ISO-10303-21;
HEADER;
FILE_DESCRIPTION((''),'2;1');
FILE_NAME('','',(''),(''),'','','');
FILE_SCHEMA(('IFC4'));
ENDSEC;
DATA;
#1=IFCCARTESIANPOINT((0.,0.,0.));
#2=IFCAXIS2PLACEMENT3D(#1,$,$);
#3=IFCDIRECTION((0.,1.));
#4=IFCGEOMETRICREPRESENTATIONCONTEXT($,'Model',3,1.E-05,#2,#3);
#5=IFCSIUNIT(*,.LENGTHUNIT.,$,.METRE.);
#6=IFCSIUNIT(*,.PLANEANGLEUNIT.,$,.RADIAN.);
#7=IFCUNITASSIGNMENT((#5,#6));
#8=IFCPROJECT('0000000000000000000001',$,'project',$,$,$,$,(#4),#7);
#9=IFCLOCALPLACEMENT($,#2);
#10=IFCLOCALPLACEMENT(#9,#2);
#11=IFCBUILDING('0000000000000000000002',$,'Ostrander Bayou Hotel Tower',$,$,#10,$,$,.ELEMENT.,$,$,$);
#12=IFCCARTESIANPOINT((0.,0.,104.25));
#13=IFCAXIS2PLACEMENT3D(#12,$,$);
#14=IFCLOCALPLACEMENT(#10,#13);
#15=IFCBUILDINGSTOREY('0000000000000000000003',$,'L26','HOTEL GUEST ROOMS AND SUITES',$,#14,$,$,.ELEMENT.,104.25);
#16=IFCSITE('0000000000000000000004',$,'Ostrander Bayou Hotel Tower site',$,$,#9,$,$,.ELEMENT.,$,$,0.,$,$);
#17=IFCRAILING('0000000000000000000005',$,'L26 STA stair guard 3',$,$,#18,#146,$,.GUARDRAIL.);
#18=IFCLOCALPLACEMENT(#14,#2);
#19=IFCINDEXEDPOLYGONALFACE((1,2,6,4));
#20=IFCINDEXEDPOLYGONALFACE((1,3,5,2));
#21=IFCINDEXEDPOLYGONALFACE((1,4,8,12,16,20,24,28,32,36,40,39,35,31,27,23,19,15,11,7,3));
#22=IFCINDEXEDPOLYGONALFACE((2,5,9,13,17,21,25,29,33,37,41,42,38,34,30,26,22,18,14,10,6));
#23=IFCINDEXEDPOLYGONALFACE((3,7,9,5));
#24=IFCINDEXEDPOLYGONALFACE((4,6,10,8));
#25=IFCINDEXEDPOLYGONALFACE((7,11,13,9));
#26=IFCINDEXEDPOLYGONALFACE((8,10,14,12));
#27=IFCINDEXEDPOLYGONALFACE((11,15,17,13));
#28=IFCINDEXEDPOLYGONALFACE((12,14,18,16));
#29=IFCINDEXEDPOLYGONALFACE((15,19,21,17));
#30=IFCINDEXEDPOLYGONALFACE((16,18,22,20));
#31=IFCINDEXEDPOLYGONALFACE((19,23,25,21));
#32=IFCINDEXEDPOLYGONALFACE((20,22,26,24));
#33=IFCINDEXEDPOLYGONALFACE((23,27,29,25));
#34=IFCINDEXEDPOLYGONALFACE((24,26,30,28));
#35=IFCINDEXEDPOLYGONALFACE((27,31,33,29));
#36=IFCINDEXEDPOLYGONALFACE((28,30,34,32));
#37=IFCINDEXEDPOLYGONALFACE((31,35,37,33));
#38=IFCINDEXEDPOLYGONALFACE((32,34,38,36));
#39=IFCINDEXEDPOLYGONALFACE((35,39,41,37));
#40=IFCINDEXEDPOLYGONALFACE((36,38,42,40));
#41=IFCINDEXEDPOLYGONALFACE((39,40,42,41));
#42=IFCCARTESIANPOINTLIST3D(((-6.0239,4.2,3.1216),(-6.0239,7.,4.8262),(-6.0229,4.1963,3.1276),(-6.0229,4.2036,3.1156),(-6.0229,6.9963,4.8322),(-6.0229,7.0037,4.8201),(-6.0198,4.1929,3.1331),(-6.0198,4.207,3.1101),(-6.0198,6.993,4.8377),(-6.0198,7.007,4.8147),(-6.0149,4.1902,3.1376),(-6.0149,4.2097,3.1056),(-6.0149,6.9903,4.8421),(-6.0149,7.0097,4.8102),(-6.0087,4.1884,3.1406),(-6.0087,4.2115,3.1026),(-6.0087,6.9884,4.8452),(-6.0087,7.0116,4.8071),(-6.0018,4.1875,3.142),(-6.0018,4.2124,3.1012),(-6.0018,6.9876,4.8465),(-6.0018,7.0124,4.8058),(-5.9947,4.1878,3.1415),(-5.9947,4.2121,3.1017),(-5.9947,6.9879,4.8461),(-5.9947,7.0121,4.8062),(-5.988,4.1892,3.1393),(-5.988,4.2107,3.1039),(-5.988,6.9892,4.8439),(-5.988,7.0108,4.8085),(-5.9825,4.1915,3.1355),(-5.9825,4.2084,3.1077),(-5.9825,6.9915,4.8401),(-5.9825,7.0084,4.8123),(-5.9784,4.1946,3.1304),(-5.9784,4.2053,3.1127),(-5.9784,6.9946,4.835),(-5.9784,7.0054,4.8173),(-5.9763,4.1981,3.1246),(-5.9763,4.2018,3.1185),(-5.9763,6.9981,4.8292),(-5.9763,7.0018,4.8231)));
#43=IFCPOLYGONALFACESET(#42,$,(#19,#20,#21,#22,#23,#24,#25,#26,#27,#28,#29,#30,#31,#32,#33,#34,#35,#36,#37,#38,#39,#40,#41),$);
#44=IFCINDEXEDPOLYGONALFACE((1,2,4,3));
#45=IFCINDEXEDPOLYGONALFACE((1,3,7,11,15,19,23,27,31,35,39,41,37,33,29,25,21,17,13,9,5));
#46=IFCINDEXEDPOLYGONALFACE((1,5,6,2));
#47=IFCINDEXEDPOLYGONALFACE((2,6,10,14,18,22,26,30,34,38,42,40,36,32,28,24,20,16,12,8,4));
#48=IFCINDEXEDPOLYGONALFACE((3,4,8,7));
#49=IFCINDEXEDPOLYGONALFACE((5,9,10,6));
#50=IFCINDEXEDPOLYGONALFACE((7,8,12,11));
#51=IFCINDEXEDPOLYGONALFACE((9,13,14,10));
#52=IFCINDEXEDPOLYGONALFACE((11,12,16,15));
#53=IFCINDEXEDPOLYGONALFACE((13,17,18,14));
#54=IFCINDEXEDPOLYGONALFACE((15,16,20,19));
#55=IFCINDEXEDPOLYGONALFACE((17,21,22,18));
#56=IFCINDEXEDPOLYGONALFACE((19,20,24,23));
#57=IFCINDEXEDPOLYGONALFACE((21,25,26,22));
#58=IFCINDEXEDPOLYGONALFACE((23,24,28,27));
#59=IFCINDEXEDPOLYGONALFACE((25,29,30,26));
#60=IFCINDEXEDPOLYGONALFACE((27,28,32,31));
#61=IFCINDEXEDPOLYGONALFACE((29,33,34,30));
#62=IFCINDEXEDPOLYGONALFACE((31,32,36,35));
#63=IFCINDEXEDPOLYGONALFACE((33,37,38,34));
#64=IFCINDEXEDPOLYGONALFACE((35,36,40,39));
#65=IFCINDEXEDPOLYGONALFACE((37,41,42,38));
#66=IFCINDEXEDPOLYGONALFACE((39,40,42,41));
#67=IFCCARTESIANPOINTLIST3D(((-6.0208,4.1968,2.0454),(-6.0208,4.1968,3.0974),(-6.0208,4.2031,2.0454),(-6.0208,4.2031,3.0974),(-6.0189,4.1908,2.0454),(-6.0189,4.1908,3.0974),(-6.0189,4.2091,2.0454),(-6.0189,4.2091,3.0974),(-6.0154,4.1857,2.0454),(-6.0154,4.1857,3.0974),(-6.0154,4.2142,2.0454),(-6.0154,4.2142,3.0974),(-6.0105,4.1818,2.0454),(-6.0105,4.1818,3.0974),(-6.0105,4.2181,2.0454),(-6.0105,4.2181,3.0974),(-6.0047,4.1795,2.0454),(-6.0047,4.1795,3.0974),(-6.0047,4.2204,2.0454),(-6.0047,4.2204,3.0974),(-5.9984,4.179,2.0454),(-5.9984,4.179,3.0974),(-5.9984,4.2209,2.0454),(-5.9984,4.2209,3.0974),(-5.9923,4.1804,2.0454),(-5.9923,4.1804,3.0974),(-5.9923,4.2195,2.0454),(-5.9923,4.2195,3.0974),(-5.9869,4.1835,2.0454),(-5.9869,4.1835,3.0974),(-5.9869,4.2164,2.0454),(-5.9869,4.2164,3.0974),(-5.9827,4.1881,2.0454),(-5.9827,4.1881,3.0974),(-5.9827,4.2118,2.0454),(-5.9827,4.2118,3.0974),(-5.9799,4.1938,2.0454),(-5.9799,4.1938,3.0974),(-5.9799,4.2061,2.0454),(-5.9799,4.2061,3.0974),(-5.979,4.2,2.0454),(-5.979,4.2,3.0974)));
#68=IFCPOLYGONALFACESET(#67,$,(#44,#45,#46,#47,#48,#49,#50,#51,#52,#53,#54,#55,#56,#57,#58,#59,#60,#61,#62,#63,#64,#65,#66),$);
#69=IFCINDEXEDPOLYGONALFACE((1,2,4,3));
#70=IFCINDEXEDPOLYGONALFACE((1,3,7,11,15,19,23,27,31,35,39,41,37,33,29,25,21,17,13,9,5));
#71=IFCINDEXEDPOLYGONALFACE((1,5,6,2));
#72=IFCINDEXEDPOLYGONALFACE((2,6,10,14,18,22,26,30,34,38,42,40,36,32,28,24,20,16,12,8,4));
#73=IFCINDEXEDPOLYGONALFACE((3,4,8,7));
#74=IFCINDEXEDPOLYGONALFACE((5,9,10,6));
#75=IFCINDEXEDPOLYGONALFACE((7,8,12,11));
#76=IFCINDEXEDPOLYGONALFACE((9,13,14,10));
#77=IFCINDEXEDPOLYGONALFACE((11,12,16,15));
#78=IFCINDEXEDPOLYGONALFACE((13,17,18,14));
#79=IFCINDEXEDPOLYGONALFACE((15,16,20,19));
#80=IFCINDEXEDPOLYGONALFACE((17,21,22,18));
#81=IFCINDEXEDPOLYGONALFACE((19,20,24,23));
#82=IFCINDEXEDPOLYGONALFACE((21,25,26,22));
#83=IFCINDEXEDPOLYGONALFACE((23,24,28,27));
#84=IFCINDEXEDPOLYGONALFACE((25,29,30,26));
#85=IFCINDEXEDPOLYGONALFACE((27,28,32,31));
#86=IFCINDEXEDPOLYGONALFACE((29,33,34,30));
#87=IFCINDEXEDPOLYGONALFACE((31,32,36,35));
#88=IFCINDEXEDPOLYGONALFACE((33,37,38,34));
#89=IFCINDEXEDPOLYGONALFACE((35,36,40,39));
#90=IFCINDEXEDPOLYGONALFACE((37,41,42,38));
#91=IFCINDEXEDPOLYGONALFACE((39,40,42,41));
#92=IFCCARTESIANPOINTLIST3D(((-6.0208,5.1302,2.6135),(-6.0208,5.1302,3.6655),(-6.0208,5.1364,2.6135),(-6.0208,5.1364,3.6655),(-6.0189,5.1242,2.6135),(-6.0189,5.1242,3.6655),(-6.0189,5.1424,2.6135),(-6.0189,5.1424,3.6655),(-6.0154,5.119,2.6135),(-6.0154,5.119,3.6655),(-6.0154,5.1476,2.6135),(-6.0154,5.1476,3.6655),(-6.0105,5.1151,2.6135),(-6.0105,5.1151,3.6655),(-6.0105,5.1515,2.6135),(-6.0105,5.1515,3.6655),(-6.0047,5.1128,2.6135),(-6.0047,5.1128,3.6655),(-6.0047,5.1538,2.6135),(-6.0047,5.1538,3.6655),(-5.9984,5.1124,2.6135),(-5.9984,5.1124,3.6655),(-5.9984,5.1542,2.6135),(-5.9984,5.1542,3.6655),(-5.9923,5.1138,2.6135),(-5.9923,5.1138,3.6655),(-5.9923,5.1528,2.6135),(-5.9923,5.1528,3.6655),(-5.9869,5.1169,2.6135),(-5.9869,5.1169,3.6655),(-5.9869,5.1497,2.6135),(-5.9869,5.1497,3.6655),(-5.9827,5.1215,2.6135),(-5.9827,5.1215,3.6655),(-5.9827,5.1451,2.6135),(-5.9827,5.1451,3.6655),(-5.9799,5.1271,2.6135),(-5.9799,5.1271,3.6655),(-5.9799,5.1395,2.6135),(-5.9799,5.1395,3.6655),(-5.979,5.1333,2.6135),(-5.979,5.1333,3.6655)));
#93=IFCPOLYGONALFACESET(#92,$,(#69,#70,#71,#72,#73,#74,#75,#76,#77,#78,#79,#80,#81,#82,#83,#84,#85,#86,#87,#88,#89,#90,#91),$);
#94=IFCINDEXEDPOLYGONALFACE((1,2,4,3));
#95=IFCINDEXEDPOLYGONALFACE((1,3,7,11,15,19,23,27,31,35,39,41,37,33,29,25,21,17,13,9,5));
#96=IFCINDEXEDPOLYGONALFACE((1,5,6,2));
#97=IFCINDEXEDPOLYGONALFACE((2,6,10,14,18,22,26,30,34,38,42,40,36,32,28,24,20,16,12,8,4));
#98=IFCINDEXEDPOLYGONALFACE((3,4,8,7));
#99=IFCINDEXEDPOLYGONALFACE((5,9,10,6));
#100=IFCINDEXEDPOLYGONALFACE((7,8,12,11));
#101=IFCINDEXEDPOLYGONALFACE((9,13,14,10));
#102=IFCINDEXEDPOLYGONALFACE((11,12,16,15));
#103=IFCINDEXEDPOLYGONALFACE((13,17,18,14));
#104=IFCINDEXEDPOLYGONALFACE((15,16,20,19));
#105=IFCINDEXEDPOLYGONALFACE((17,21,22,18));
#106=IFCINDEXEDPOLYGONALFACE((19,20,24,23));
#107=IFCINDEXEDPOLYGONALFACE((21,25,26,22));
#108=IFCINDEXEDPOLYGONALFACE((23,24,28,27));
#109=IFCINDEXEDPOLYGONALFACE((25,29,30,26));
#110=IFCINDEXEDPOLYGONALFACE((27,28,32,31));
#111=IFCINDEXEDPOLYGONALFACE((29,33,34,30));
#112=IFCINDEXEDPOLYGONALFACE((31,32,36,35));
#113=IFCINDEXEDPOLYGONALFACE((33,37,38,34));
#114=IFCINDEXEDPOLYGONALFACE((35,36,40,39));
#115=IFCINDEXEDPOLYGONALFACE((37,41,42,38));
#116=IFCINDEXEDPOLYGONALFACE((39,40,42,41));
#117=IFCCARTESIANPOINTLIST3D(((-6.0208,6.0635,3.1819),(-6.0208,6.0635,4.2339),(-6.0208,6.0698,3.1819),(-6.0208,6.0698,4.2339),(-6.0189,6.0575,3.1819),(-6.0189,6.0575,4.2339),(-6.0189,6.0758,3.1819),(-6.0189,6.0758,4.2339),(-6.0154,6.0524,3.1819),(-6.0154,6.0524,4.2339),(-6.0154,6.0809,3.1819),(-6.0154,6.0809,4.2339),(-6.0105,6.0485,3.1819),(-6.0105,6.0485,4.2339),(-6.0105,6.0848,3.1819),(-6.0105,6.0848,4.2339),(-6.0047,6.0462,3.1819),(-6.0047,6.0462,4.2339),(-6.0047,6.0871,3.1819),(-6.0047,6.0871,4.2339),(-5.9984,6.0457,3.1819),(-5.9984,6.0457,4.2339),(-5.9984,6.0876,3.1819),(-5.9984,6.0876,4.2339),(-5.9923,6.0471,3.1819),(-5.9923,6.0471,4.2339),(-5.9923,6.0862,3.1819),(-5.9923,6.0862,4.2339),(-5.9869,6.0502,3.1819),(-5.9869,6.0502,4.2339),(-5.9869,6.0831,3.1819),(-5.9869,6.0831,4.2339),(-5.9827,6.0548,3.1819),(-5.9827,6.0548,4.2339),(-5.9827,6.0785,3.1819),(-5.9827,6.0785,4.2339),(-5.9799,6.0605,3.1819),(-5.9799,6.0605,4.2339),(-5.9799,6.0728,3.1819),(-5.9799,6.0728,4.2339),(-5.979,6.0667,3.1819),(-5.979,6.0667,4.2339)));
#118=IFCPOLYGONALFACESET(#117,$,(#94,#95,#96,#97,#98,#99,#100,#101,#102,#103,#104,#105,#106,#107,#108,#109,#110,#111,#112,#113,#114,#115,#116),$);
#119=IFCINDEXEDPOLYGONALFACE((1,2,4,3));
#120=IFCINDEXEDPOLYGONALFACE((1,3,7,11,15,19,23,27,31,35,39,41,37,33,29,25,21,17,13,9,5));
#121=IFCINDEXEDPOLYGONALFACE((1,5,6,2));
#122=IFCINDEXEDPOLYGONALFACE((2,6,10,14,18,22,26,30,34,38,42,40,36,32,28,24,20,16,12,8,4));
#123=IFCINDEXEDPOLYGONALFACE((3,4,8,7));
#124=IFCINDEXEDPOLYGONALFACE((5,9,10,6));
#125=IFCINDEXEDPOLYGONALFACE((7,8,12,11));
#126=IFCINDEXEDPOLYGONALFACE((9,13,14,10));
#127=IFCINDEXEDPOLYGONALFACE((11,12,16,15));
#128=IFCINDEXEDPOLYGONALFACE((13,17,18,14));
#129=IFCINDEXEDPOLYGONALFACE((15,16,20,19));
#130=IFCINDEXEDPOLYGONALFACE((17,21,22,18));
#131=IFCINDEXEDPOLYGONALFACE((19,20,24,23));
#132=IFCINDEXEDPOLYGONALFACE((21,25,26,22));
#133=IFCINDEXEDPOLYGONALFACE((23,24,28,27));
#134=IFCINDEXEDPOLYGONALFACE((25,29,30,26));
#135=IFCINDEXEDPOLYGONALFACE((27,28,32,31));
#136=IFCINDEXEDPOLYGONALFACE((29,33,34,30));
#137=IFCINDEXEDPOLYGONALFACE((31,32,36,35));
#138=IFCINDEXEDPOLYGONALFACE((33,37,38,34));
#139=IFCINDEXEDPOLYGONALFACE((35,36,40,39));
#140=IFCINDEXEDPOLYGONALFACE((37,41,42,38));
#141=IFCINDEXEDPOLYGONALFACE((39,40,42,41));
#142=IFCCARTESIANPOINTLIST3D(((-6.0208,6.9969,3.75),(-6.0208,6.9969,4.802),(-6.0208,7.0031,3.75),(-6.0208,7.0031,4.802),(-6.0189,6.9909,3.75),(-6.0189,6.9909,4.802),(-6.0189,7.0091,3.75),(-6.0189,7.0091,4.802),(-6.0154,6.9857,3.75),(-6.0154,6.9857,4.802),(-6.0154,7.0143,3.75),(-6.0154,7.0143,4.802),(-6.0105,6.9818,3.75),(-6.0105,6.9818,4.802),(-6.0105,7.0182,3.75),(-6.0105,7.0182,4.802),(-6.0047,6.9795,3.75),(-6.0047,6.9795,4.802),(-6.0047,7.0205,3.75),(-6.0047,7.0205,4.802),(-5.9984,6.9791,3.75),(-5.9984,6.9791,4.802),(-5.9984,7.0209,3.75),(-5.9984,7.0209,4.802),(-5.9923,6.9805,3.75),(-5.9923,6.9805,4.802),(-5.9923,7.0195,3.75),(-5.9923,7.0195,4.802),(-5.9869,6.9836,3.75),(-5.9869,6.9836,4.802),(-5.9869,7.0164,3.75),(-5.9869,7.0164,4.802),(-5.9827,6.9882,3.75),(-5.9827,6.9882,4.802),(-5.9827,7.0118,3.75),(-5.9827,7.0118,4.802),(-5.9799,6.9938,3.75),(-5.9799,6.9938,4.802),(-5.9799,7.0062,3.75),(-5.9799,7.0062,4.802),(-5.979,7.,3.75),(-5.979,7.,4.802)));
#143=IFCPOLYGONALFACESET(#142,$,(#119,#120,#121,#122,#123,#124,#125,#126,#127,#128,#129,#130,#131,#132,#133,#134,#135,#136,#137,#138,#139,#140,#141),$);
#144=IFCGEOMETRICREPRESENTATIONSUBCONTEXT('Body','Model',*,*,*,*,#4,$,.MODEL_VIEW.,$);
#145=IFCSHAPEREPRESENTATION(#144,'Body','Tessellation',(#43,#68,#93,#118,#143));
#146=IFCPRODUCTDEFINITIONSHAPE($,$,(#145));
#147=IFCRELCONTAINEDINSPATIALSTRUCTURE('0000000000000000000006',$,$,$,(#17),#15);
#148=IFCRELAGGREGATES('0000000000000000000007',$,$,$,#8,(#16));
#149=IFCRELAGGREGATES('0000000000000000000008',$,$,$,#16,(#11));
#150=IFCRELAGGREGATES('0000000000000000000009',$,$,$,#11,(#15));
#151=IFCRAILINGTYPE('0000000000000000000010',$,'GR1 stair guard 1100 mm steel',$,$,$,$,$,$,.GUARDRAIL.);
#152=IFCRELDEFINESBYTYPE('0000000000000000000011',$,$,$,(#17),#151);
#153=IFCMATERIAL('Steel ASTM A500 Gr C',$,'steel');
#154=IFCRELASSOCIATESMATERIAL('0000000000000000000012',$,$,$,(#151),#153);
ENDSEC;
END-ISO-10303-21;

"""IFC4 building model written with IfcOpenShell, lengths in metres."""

from ifc_helpers import new_model, si_unit, direction, frame, origin, origin_2d, place, context, subcontext, project, spatial, circle, extrude, material, type_object, element, save


model = new_model("IFC4")

# Units and contexts
model_context = context("Model", 3, precision=1e-05, world=origin(), true_north=direction((0.0, 1.0)))
body_context = subcontext(model_context, "Body", "Model", "MODEL_VIEW")
ifc_project = project(units=[si_unit("LENGTHUNIT", "METRE"), si_unit("PLANEANGLEUNIT", "RADIAN")], contexts=[model_context])

# Site, building, storey
site_placement = place(None, origin())
site = spatial("IfcSite", under=ifc_project, at=site_placement, Name="Ostrander Bayou Hotel Tower site", CompositionType="ELEMENT", RefElevation=0.0)
building_placement = place(site_placement, origin())
building = spatial("IfcBuilding", under=site, at=building_placement, Name="Ostrander Bayou Hotel Tower", CompositionType="ELEMENT")
storey_placement = place(building_placement, frame((0.0, 0.0, 104.25)))
storey = spatial("IfcBuildingStorey", under=building, at=storey_placement, Name="L26", Description="HOTEL GUEST ROOMS AND SUITES", CompositionType="ELEMENT", Elevation=104.25)

# Railing
ifc_material_1 = material(Name="Steel ASTM A500 Gr C", Category="steel")
railing_type_1 = type_object("IfcRailingType", Name="GR1 stair guard 1100 mm steel", PredefinedType="GUARDRAIL", material=ifc_material_1)
railing_1_placement = place(storey_placement, frame((-6.0, 4.2, 2.0454)))
element("IfcRailing", 1, at=railing_1_placement, inside=storey, type_object=railing_type_1, Name="L26 STA stair guard 3", PredefinedType="GUARDRAIL", context=body_context, shape_type="SweptSolid", body=[
    extrude(circle(Radius=0.0239, at=origin_2d()), frame((0.0, 0.0, 1.0762), z_axis=(0.0, 0.85417, 0.519994), x_axis=(-1.0, 0.0, 0.0)), (0.0, 0.0, 1.0), 3.2781),
    extrude(circle(Radius=0.021, at=origin_2d()), origin(), (0.0, 0.0, 1.0), 1.052),
    extrude(circle(Radius=0.021, at=origin_2d()), frame((0.0, 0.9333, 0.5681)), (0.0, 0.0, 1.0), 1.052),
    extrude(circle(Radius=0.021, at=origin_2d()), frame((0.0, 1.8667, 1.1365)), (0.0, 0.0, 1.0), 1.052),
    extrude(circle(Radius=0.021, at=origin_2d()), frame((0.0, 2.8, 1.7046)), (0.0, 0.0, 1.0), 1.052),
])

save(model, "model.ifc")
